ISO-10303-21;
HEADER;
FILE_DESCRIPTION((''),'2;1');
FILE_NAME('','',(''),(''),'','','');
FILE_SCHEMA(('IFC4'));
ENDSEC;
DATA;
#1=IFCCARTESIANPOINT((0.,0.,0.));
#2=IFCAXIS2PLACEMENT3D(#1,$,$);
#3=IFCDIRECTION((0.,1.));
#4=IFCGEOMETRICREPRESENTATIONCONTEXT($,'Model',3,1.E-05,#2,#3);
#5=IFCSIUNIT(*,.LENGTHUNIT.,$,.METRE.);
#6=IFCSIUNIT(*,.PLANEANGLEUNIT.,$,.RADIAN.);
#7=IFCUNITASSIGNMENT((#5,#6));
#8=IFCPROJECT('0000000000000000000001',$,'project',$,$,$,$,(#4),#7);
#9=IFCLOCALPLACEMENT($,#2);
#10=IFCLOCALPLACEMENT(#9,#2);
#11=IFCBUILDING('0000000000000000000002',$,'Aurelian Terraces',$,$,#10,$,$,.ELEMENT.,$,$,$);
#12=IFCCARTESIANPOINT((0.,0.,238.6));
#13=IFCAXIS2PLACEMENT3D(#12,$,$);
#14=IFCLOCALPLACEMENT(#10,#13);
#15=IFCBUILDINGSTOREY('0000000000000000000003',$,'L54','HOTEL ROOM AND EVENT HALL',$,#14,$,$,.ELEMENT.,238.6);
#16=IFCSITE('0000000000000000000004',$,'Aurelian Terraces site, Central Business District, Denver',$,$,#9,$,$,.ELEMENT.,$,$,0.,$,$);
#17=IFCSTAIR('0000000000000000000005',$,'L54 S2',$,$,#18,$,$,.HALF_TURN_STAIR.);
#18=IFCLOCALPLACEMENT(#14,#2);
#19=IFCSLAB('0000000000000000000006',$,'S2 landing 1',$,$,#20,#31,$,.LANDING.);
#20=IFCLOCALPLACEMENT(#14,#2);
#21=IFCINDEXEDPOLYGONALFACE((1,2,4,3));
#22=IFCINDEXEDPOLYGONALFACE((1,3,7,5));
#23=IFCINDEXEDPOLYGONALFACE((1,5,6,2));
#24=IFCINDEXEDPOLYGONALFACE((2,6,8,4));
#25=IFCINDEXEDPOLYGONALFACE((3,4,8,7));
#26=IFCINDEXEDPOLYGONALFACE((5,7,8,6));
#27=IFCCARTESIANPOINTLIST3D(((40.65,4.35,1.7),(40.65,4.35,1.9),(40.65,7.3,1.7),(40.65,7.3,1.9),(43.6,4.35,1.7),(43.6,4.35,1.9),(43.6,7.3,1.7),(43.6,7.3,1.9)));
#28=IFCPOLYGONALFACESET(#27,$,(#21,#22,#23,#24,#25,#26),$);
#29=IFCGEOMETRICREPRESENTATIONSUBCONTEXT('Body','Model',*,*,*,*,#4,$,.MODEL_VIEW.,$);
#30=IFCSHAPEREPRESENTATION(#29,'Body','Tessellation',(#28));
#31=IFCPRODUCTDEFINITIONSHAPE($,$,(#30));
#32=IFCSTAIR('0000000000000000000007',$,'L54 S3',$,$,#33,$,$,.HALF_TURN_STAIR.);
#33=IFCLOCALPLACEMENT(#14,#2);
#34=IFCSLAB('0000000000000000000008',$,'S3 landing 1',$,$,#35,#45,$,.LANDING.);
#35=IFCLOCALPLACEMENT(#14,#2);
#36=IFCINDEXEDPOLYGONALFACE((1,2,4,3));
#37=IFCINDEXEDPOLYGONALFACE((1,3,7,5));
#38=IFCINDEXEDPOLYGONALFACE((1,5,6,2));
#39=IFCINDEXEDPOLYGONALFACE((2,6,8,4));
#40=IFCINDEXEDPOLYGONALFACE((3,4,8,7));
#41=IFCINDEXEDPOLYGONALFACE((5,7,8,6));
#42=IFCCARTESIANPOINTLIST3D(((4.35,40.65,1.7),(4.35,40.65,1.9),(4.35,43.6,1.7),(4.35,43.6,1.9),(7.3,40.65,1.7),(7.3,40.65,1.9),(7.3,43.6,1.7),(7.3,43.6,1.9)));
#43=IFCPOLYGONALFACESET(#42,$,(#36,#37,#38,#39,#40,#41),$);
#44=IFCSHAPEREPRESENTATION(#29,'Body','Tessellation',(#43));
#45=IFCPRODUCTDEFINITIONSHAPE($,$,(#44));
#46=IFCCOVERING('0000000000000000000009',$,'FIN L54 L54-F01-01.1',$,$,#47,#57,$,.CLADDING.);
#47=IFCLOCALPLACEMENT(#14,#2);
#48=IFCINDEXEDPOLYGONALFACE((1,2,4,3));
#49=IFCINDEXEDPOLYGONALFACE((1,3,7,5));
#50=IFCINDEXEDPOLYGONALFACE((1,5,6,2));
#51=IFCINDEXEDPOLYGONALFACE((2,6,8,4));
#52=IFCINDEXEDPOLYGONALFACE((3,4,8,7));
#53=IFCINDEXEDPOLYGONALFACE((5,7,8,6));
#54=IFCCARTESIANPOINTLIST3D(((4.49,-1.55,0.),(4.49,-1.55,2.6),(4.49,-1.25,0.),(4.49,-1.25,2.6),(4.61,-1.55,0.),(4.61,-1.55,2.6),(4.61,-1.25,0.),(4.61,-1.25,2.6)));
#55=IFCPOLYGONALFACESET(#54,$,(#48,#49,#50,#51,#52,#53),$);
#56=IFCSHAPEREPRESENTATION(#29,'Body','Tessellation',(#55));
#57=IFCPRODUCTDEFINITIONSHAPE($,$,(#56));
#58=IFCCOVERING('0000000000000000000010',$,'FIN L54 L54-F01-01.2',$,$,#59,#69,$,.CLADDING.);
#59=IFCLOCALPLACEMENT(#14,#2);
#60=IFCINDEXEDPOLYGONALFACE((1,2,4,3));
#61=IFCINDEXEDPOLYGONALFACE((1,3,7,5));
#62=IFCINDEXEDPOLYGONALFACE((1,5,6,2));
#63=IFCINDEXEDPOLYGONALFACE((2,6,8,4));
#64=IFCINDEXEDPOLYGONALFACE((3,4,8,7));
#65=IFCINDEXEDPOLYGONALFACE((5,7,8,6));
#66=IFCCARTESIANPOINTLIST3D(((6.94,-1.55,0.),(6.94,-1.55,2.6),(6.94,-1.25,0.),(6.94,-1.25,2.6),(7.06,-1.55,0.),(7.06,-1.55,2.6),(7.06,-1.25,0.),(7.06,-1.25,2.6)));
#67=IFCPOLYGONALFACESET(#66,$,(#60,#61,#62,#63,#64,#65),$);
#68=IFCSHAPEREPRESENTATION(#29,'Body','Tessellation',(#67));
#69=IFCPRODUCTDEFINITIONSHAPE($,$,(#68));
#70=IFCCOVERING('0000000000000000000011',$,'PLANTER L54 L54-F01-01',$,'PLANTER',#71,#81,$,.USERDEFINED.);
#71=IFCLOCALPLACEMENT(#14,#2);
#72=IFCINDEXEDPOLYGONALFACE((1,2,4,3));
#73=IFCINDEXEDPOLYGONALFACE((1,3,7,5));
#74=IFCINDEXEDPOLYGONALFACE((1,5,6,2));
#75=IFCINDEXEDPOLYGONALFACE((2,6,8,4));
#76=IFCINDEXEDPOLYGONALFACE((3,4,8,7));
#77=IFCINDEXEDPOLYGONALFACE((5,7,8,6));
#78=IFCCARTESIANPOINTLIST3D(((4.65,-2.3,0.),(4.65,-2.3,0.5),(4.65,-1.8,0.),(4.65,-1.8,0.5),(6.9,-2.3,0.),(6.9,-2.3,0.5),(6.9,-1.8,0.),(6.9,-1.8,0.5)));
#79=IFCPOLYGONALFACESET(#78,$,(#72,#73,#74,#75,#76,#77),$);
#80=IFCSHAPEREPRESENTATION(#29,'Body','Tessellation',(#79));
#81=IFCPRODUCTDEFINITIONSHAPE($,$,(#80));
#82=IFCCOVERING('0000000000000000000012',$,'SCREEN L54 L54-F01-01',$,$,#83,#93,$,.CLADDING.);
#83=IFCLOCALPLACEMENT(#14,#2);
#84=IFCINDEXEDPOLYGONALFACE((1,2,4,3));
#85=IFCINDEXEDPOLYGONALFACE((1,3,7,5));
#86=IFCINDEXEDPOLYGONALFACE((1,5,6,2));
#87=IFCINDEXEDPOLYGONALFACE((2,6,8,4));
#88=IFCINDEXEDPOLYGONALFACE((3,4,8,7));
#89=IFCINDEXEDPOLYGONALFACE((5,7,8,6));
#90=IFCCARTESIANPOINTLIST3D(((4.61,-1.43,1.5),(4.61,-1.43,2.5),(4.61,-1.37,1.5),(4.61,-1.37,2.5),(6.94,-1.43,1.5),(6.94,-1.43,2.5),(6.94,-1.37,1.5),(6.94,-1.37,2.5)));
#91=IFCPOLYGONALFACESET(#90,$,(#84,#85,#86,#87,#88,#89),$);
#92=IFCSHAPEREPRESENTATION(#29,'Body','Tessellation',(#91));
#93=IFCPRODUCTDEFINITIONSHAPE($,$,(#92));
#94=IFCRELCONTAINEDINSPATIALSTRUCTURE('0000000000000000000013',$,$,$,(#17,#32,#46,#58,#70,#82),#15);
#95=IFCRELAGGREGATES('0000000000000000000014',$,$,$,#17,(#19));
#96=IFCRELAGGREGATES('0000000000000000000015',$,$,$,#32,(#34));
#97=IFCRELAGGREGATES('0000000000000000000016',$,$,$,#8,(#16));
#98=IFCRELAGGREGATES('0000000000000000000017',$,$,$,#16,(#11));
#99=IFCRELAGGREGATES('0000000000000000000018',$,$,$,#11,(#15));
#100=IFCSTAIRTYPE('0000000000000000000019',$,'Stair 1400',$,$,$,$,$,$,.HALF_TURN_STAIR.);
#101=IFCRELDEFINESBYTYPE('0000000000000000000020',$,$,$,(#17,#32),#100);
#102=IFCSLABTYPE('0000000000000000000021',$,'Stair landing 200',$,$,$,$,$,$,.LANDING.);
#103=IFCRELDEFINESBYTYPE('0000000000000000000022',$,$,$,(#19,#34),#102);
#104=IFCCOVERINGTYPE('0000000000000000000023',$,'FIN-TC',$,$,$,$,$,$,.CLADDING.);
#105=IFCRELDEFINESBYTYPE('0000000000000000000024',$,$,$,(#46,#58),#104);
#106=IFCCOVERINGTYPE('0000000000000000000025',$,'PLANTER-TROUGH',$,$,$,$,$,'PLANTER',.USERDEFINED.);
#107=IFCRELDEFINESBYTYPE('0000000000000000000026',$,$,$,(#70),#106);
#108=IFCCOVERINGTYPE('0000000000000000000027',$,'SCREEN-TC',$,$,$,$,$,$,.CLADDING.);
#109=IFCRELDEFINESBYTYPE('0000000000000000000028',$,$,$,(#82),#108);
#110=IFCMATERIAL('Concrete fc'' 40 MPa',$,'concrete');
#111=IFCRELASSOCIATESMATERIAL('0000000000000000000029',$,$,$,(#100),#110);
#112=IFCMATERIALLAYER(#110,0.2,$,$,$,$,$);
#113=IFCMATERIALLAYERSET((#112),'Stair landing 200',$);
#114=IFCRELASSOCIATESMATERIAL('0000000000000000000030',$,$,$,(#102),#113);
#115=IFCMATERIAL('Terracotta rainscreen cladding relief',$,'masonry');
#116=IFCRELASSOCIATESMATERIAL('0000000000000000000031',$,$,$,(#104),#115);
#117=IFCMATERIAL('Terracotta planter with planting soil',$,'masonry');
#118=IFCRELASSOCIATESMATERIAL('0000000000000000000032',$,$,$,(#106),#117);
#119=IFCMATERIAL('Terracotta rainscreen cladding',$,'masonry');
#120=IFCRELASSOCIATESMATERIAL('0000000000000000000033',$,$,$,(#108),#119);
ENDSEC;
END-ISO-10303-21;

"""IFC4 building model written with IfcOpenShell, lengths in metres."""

from ifc_helpers import new_model, si_unit, direction, frame, origin, origin_2d, place, context, subcontext, project, spatial, polyline, rectangle, outline, extrude, source, transform, mapped, material, layer, layer_set, type_object, element, aggregate, save


model = new_model("IFC4")

# Units and contexts
model_context = context("Model", 3, precision=1e-05, world=origin(), true_north=direction((0.0, 1.0)))
body_context = subcontext(model_context, "Body", "Model", "MODEL_VIEW")
ifc_project = project(units=[si_unit("LENGTHUNIT", "METRE"), si_unit("PLANEANGLEUNIT", "RADIAN")], contexts=[model_context])

# Site, building, storey
site_placement = place(None, origin())
site = spatial("IfcSite", under=ifc_project, at=site_placement, Name="Aurelian Terraces site, Central Business District, Denver", CompositionType="ELEMENT", RefElevation=0.0)
building_placement = place(site_placement, origin())
building = spatial("IfcBuilding", under=site, at=building_placement, Name="Aurelian Terraces", CompositionType="ELEMENT")
storey_placement = place(building_placement, frame((0.0, 0.0, 238.6)))
storey = spatial("IfcBuildingStorey", under=building, at=storey_placement, Name="L54", Description="HOTEL ROOM AND EVENT HALL", CompositionType="ELEMENT", Elevation=238.6)

# Shared definitions
ifc_material_1 = material(Name="Concrete fc' 40 MPa", Category="concrete")

# Stairs, slabs
stair_type = type_object("IfcStairType", Name="Stair 1400", PredefinedType="HALF_TURN_STAIR", material=ifc_material_1)
ifc_layer_1 = layer(ifc_material_1, 0.2)
ifc_layer_set_1 = layer_set([ifc_layer_1], Name="Stair landing 200")
slab_type_1 = type_object("IfcSlabType", Name="Stair landing 200", PredefinedType="LANDING", material=ifc_layer_set_1)
stair_1_placement = place(storey_placement, origin())
stair_1 = element("IfcStair", 1, at=stair_1_placement, inside=storey, type_object=stair_type, Name="L54 S2", PredefinedType="HALF_TURN_STAIR")
shared_shape_1 = source(origin(), body_context, "Body", "SweptSolid", [
    extrude(outline(polyline([(43.6, 4.35), (43.6, 7.3), (40.65, 7.3), (40.65, 4.35), (43.6, 4.35)])), origin(), (0.0, 0.0, 1.0), 0.2),
])
slab_1_placement = place(storey_placement, frame((0.0, 0.0, 1.7)))
slab_1 = element("IfcSlab", 2, at=slab_1_placement, type_object=slab_type_1, Name="S2 landing 1", PredefinedType="LANDING", context=body_context, shape_type="MappedRepresentation", body=[
    mapped(shared_shape_1, transform((0.0, 0.0, 0.0), scale=1.0)),
])
aggregate(stair_1, [slab_1])
stair_2_placement = place(storey_placement, origin())
stair_2 = element("IfcStair", 3, at=stair_2_placement, inside=storey, type_object=stair_type, Name="L54 S3", PredefinedType="HALF_TURN_STAIR")
shared_shape_2 = source(origin(), body_context, "Body", "SweptSolid", [
    extrude(outline(polyline([(4.35, 40.65), (7.3, 40.65), (7.3, 43.6), (4.35, 43.6), (4.35, 40.65)])), origin(), (0.0, 0.0, 1.0), 0.2),
])
slab_2_placement = place(storey_placement, frame((0.0, 0.0, 1.7)))
slab_2 = element("IfcSlab", 4, at=slab_2_placement, type_object=slab_type_1, Name="S3 landing 1", PredefinedType="LANDING", context=body_context, shape_type="MappedRepresentation", body=[
    mapped(shared_shape_2, transform((0.0, 0.0, 0.0), scale=1.0)),
])
aggregate(stair_2, [slab_2])

# Coverings
ifc_material_2 = material(Name="Terracotta rainscreen cladding relief", Category="masonry")
covering_type_1 = type_object("IfcCoveringType", Name="FIN-TC", PredefinedType="CLADDING", material=ifc_material_2)
shared_shape_3 = source(origin(), body_context, "Body", "SweptSolid", [
    extrude(rectangle(XDim=0.12, YDim=0.3, at=origin_2d()), origin(), (0.0, 0.0, 1.0), 2.6),
])
for number, where, z_axis, x_axis, name in (
    (5, (4.55, -1.4, 0.0), (0.0, 0.0, 1.0), (1.0, 0.0, 0.0), "FIN L54 L54-F01-01.1"),
    (6, (7.0, -1.4, 0.0), (0.0, 0.0, 1.0), (1.0, 0.0, 0.0), "FIN L54 L54-F01-01.2"),
):
    element("IfcCovering", number, at=place(storey_placement, frame(where, z_axis=z_axis, x_axis=x_axis)), inside=storey, type_object=covering_type_1, Name=name, PredefinedType="CLADDING", context=body_context, shape_type="MappedRepresentation", body=[
        mapped(shared_shape_3, transform((0.0, 0.0, 0.0), scale=1.0)),
    ])

# Coverings
ifc_material_3 = material(Name="Terracotta planter with planting soil", Category="masonry")
covering_type_2 = type_object("IfcCoveringType", Name="PLANTER-TROUGH", ElementType="PLANTER", PredefinedType="USERDEFINED", material=ifc_material_3)
shared_shape_4 = source(origin(), body_context, "Body", "SweptSolid", [
    extrude(rectangle(XDim=2.25, YDim=0.5, at=origin_2d()), origin(), (0.0, 0.0, 1.0), 0.5),
])
covering_1_placement = place(storey_placement, frame((5.775, -2.05, 0.0), z_axis=(0.0, 0.0, 1.0), x_axis=(1.0, 0.0, 0.0)))
element("IfcCovering", 7, at=covering_1_placement, inside=storey, type_object=covering_type_2, Name="PLANTER L54 L54-F01-01", ObjectType="PLANTER", PredefinedType="USERDEFINED", context=body_context, shape_type="MappedRepresentation", body=[
    mapped(shared_shape_4, transform((0.0, 0.0, 0.0), scale=1.0)),
])
ifc_material_4 = material(Name="Terracotta rainscreen cladding", Category="masonry")
covering_type_3 = type_object("IfcCoveringType", Name="SCREEN-TC", PredefinedType="CLADDING", material=ifc_material_4)
shared_shape_5 = source(origin(), body_context, "Body", "SweptSolid", [
    extrude(rectangle(XDim=2.33, YDim=0.06, at=origin_2d()), origin(), (0.0, 0.0, 1.0), 1.0),
])
covering_2_placement = place(storey_placement, frame((5.775, -1.4, 1.5), z_axis=(0.0, 0.0, 1.0), x_axis=(1.0, 0.0, 0.0)))
element("IfcCovering", 8, at=covering_2_placement, inside=storey, type_object=covering_type_3, Name="SCREEN L54 L54-F01-01", PredefinedType="CLADDING", context=body_context, shape_type="MappedRepresentation", body=[
    mapped(shared_shape_5, transform((0.0, 0.0, 0.0), scale=1.0)),
])

save(model, "model.ifc")
